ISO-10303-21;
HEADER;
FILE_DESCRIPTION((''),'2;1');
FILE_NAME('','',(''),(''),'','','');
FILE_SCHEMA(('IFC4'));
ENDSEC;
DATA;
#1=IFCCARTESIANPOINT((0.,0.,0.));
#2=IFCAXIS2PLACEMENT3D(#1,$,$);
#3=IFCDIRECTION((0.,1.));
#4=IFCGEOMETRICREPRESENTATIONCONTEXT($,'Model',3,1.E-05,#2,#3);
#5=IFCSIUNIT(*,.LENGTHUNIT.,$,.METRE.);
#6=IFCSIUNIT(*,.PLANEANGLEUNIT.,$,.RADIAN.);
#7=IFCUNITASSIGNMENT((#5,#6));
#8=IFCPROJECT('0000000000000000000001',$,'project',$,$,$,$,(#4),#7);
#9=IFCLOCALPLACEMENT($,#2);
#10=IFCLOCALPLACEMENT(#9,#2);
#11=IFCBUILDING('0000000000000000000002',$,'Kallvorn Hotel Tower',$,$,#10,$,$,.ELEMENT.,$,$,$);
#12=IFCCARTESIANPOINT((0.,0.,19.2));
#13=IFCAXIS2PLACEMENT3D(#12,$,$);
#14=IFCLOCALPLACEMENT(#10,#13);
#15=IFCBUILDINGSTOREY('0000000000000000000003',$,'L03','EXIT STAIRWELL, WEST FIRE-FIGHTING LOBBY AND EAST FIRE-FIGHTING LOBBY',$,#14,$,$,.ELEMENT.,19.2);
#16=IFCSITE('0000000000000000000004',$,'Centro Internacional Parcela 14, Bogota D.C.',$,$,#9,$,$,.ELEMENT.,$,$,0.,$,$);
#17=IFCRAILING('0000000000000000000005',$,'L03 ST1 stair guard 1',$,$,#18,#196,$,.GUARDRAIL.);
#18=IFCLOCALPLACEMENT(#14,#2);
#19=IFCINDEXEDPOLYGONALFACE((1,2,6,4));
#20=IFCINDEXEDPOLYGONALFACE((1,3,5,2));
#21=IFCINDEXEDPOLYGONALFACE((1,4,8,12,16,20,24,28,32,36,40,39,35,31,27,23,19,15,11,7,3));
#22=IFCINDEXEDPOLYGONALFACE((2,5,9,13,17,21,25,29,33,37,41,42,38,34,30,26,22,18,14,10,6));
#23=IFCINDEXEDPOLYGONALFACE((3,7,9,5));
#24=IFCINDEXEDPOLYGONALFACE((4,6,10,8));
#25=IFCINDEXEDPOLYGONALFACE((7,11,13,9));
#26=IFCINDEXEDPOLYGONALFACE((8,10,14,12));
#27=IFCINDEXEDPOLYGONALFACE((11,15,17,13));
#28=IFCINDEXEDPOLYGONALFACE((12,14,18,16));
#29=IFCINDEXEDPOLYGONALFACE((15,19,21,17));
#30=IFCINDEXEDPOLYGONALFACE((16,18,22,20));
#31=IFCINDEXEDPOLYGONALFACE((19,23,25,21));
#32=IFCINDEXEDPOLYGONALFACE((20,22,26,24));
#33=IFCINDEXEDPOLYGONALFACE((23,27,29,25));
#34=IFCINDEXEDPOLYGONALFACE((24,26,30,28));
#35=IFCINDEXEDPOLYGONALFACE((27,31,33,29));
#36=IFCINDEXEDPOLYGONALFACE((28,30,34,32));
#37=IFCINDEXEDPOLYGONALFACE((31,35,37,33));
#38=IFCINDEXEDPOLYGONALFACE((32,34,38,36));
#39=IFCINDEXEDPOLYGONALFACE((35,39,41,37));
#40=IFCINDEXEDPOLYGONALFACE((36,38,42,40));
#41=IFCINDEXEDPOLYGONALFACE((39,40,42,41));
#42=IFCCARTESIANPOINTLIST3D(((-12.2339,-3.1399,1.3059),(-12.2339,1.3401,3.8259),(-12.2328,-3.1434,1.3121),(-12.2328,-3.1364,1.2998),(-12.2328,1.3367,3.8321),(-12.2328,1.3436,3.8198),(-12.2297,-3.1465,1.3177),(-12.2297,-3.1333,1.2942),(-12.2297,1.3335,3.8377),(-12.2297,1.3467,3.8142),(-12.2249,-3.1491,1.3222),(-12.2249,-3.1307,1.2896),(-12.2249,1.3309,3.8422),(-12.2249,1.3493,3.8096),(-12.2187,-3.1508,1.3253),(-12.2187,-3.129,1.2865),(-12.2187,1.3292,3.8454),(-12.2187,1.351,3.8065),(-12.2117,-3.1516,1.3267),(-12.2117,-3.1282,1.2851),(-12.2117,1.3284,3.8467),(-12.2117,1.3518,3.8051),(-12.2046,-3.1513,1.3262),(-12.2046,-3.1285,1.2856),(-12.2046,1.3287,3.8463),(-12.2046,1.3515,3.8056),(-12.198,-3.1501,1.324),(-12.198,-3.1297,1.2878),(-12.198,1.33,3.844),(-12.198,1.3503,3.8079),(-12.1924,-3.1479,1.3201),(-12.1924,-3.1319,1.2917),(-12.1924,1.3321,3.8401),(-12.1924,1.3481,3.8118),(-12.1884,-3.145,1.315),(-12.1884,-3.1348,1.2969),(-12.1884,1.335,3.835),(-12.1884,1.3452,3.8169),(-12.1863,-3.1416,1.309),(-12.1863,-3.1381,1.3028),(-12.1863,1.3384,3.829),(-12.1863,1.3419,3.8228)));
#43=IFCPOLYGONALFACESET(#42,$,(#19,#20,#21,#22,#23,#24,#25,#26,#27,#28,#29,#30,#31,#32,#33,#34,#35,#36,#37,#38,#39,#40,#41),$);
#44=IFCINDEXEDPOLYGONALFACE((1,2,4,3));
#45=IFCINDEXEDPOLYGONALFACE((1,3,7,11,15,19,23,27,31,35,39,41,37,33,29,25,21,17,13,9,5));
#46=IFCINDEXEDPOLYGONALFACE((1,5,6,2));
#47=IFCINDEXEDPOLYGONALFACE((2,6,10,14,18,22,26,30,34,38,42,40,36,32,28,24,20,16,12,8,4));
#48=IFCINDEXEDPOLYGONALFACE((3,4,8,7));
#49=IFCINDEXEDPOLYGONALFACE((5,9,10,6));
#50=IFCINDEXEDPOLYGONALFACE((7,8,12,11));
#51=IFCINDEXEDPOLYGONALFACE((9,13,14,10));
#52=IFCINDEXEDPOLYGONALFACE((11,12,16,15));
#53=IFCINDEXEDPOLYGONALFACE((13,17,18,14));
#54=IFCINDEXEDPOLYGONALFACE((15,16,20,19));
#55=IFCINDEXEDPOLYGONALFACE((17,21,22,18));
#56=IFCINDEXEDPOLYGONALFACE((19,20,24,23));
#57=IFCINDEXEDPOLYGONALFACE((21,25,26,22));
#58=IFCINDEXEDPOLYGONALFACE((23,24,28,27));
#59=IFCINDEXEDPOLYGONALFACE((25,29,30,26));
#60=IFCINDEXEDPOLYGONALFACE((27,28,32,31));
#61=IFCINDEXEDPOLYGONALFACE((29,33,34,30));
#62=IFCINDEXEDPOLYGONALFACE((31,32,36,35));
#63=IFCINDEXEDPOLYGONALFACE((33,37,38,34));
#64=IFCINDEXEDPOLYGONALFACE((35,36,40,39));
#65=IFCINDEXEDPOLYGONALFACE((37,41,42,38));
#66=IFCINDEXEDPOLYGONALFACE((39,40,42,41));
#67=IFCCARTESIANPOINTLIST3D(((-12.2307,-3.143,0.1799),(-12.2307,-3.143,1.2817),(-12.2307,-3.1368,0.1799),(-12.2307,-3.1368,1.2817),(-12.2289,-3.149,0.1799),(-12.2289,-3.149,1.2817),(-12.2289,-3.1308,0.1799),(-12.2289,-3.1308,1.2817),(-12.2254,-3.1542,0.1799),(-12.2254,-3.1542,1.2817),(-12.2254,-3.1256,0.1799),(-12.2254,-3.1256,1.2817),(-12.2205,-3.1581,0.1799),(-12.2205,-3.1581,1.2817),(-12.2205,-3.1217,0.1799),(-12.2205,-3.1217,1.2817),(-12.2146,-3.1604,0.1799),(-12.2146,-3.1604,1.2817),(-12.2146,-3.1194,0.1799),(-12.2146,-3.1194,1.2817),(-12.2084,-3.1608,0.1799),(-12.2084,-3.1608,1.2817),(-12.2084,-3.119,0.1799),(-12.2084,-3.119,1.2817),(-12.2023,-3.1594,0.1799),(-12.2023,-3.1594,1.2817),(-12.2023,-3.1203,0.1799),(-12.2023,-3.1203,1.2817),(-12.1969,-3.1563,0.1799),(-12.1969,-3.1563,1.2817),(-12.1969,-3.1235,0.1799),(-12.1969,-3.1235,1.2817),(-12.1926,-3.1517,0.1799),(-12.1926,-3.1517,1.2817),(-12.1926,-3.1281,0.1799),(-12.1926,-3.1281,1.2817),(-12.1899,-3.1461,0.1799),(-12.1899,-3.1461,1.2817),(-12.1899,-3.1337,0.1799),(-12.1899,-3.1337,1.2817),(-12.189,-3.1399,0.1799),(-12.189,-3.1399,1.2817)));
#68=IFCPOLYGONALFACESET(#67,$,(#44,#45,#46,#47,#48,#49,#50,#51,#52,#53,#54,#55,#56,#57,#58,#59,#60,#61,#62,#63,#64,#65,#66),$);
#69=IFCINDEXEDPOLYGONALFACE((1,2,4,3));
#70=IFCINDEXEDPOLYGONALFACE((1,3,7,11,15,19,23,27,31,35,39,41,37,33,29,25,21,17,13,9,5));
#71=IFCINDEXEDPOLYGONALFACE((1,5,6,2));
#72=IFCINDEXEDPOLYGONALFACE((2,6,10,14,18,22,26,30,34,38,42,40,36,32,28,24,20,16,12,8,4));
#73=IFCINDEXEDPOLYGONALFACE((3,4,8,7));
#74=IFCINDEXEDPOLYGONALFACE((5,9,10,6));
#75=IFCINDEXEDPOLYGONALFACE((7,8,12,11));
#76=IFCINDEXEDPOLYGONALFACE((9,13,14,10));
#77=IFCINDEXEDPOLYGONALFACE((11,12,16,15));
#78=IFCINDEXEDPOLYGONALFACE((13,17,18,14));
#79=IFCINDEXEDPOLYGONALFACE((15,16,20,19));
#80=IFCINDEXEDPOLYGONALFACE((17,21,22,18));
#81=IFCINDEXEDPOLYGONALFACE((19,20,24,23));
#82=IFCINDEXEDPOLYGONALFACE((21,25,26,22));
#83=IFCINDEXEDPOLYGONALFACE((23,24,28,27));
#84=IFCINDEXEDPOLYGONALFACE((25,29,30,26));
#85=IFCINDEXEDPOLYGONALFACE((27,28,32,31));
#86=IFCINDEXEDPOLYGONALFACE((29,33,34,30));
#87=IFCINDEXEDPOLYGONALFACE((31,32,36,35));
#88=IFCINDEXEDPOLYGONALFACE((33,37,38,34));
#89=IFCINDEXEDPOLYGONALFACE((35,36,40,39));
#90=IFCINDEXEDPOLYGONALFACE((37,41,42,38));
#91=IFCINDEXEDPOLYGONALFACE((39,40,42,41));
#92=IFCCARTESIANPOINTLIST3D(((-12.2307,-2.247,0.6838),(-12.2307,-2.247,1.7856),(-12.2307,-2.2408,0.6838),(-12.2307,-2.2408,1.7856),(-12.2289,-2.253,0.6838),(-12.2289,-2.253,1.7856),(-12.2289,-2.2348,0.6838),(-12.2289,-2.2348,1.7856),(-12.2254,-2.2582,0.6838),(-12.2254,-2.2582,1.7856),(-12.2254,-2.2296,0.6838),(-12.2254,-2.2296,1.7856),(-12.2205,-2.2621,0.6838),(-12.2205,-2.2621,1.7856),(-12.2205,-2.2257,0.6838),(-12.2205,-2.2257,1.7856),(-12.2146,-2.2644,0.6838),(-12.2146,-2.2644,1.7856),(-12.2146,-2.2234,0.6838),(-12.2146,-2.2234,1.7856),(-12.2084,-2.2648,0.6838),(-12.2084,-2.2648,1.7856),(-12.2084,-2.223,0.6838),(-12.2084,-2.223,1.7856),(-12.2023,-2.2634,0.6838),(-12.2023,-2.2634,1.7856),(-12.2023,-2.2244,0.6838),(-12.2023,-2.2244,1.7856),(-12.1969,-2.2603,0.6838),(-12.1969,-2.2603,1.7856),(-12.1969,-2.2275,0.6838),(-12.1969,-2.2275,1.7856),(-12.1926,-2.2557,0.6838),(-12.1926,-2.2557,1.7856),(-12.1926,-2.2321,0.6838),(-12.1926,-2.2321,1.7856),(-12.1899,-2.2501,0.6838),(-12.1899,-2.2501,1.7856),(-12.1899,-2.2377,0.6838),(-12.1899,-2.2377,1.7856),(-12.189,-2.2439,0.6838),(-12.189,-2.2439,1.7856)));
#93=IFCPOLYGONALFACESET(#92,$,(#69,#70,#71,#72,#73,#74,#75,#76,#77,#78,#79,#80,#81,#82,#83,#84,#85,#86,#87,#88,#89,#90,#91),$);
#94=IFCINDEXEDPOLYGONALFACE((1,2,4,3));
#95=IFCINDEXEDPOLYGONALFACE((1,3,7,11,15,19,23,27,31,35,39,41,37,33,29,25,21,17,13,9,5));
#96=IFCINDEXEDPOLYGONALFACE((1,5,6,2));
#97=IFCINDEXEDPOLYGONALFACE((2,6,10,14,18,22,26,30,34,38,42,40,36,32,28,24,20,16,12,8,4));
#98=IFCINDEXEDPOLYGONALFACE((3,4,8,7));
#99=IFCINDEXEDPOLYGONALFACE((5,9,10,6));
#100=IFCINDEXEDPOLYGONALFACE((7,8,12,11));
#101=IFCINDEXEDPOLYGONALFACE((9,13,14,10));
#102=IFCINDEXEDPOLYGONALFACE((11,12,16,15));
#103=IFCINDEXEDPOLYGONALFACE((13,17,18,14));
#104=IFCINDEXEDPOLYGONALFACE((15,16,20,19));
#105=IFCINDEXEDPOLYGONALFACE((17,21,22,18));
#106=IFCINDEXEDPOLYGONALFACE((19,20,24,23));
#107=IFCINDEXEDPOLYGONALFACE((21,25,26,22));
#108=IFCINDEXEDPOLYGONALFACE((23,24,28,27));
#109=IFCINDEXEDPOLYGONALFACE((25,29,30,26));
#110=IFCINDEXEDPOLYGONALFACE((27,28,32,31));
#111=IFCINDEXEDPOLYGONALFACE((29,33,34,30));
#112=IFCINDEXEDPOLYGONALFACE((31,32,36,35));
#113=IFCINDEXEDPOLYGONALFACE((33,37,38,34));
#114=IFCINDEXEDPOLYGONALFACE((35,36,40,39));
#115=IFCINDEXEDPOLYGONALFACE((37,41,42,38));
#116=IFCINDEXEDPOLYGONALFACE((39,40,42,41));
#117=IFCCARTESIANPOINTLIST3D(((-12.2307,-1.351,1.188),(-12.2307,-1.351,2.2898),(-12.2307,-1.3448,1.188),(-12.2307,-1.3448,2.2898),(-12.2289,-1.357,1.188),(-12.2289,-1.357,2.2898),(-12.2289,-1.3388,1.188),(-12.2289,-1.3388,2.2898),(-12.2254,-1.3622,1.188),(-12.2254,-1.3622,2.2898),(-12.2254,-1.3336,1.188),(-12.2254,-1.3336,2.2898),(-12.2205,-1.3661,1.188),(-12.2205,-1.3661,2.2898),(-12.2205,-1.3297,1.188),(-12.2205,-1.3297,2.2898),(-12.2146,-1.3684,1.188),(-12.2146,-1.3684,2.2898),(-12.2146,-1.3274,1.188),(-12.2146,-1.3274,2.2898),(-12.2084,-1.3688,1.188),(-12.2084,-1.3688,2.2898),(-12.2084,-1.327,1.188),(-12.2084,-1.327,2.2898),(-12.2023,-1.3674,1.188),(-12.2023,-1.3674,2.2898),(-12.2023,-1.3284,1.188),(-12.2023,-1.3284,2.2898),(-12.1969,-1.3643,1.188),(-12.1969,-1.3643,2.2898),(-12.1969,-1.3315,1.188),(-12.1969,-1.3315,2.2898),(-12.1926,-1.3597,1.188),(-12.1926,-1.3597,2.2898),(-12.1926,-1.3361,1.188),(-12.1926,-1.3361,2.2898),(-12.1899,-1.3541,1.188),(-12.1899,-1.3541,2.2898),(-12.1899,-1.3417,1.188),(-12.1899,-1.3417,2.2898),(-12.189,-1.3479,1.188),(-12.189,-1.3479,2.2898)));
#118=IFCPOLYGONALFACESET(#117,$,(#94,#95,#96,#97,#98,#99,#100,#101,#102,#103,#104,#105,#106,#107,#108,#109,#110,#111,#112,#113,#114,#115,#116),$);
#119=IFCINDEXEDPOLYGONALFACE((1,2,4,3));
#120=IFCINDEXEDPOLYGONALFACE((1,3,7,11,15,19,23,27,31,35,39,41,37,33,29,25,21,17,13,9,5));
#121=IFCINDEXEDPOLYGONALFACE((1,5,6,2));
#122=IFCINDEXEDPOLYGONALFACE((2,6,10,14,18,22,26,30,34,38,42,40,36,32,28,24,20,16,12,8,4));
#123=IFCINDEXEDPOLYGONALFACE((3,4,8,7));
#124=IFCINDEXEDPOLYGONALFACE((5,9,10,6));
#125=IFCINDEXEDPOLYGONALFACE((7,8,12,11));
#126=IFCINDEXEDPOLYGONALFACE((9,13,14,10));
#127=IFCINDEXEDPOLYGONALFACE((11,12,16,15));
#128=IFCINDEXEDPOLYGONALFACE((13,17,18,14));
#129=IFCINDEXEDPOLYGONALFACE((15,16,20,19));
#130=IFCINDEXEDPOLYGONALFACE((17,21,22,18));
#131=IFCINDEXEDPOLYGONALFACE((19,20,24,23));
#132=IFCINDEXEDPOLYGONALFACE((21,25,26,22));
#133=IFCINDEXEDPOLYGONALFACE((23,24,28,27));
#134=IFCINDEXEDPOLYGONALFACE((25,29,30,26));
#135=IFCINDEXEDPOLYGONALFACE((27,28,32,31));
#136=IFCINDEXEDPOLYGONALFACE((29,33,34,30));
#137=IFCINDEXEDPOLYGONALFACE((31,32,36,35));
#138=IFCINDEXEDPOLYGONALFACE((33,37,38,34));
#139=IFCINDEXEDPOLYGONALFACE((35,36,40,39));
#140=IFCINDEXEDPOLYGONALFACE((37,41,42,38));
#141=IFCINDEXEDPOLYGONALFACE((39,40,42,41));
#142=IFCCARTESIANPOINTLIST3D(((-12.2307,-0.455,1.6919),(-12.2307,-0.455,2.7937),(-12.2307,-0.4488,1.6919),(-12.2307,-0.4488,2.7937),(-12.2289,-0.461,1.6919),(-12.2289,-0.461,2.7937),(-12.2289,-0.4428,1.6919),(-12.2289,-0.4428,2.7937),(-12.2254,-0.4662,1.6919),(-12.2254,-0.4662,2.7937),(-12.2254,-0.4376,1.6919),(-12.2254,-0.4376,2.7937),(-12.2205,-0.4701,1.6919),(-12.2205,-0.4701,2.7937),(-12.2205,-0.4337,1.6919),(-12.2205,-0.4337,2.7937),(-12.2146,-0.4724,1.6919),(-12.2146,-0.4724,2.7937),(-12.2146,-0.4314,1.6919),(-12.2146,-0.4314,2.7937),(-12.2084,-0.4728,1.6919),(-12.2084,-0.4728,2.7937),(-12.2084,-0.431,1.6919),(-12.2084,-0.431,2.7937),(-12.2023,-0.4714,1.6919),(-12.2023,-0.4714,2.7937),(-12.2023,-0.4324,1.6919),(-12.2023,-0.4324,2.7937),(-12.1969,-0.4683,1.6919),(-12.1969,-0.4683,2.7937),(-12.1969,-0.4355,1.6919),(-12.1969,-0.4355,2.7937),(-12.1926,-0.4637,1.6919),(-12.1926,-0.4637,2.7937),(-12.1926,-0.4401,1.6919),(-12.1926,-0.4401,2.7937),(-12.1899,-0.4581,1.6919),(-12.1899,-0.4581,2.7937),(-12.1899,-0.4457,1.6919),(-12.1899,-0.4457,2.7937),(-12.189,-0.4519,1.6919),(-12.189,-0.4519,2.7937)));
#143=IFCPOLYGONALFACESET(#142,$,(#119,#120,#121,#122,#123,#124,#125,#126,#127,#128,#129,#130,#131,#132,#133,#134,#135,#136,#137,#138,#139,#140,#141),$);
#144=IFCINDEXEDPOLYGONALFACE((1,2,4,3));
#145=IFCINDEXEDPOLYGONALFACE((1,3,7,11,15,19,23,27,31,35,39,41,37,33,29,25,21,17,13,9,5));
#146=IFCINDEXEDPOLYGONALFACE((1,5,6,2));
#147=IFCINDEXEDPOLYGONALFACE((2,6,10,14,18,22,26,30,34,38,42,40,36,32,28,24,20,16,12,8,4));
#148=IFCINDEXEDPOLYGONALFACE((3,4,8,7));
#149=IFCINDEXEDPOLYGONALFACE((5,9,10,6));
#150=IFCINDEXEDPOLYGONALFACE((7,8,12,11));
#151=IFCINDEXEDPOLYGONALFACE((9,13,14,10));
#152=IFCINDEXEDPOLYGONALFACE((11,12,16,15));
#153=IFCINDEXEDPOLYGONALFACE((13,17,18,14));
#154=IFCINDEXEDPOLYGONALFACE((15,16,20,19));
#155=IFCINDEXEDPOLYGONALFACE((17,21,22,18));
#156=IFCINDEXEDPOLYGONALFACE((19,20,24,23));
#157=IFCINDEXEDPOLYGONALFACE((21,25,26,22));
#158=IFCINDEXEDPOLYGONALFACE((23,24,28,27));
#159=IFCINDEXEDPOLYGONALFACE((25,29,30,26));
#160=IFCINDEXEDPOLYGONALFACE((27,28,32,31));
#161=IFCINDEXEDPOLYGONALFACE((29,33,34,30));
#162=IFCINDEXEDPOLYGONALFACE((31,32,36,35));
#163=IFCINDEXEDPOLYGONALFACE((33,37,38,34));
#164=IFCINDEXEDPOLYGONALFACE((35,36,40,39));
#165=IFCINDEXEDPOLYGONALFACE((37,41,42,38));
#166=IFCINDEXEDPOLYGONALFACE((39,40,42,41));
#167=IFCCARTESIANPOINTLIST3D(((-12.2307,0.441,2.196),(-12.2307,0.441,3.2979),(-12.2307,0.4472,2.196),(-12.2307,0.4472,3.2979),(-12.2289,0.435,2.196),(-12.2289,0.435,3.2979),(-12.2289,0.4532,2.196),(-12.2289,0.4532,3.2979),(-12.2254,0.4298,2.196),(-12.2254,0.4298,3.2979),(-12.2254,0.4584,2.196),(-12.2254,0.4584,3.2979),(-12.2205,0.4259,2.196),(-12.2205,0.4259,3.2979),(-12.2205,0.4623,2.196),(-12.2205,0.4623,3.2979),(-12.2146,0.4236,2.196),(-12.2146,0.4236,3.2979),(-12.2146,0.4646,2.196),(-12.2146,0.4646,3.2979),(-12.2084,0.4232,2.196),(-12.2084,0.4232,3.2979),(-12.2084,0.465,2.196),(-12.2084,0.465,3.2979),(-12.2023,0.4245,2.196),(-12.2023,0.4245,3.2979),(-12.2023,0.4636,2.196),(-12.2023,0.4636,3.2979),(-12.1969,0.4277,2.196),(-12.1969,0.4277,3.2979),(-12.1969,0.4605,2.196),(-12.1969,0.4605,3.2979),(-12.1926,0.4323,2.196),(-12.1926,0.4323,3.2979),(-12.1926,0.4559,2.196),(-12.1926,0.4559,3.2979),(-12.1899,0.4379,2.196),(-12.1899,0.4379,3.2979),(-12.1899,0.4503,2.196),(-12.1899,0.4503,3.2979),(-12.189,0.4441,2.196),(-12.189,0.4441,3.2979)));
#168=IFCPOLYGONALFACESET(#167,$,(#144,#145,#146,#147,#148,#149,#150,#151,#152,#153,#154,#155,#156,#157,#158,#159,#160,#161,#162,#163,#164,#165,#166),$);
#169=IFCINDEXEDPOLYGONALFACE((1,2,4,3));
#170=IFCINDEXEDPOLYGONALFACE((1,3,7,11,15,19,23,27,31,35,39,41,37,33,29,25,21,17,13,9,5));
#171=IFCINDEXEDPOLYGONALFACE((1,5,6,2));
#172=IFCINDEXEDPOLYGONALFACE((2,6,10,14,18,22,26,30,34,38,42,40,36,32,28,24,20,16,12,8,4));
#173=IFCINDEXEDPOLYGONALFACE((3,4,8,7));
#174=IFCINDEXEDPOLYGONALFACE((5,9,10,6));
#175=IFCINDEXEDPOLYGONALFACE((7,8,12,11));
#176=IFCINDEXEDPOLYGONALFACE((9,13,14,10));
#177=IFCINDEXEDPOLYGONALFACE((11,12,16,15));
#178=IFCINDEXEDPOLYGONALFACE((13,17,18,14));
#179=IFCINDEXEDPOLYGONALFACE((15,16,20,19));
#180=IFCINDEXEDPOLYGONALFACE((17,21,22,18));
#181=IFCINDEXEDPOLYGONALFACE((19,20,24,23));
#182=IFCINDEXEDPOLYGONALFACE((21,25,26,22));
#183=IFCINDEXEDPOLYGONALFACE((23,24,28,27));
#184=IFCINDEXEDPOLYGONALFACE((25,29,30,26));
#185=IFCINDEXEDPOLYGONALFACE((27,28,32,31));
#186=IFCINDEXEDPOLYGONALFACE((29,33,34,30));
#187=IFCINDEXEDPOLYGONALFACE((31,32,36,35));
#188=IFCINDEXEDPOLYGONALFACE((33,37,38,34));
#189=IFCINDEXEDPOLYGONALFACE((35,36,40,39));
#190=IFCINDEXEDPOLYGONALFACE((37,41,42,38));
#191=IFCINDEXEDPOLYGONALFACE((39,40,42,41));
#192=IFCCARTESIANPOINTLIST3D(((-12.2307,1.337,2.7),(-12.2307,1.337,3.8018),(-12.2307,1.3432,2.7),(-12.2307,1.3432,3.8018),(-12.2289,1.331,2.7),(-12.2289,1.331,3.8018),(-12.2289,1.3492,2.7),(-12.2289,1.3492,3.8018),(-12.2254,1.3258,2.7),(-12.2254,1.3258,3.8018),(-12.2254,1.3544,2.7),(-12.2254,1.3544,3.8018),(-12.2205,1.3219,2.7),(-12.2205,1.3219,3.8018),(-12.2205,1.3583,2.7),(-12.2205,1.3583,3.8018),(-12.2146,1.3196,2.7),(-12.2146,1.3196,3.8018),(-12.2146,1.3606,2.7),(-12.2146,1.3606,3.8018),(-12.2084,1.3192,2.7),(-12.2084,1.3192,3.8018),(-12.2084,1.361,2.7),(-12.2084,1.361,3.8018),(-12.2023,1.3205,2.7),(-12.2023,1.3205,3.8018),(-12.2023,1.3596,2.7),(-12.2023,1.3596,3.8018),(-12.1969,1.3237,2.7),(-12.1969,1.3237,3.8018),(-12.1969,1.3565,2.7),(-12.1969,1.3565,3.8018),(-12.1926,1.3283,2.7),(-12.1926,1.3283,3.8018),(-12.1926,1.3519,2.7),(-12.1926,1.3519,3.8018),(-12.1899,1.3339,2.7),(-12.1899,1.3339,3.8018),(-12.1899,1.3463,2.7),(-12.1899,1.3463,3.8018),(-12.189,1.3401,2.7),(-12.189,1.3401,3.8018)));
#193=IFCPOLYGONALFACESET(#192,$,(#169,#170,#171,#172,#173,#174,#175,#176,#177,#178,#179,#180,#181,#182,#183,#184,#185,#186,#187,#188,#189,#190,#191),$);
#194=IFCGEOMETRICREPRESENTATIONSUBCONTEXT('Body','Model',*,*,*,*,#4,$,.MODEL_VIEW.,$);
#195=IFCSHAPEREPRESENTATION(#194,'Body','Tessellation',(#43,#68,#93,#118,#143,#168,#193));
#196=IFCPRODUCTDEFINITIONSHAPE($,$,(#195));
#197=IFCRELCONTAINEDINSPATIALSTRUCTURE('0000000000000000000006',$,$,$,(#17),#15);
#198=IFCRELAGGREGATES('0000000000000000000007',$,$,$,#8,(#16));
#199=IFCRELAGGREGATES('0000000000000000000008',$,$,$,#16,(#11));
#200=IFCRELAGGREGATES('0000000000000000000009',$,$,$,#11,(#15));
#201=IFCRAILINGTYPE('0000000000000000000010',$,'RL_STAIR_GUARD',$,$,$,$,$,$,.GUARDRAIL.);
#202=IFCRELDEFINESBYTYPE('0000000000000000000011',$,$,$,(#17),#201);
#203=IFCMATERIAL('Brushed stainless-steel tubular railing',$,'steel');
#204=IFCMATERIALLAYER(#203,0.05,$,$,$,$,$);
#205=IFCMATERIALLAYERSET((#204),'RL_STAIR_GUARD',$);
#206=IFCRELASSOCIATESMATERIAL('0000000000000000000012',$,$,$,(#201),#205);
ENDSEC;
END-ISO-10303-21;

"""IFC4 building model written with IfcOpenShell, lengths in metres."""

from ifc_helpers import new_model, si_unit, direction, frame, origin, origin_2d, place, context, subcontext, project, spatial, circle, extrude, material, layer, layer_set, type_object, element, save


model = new_model("IFC4")

# Units and contexts
model_context = context("Model", 3, precision=1e-05, world=origin(), true_north=direction((0.0, 1.0)))
body_context = subcontext(model_context, "Body", "Model", "MODEL_VIEW")
ifc_project = project(units=[si_unit("LENGTHUNIT", "METRE"), si_unit("PLANEANGLEUNIT", "RADIAN")], contexts=[model_context])

# Site, building, storey
site_placement = place(None, origin())
site = spatial("IfcSite", under=ifc_project, at=site_placement, Name="Centro Internacional Parcela 14, Bogota D.C.", CompositionType="ELEMENT", RefElevation=0.0)
building_placement = place(site_placement, origin())
building = spatial("IfcBuilding", under=site, at=building_placement, Name="Kallvorn Hotel Tower", CompositionType="ELEMENT")
storey_placement = place(building_placement, frame((0.0, 0.0, 19.2)))
storey = spatial("IfcBuildingStorey", under=building, at=storey_placement, Name="L03", Description="EXIT STAIRWELL, WEST FIRE-FIGHTING LOBBY AND EAST FIRE-FIGHTING LOBBY", CompositionType="ELEMENT", Elevation=19.2)

# Railing
ifc_material_1 = material(Name="Brushed stainless-steel tubular railing", Category="steel")
ifc_layer_1 = layer(ifc_material_1, 0.05)
ifc_layer_set_1 = layer_set([ifc_layer_1], Name="RL_STAIR_GUARD")
railing_type_1 = type_object("IfcRailingType", Name="RL_STAIR_GUARD", PredefinedType="GUARDRAIL", material=ifc_layer_set_1)
railing_1_placement = place(storey_placement, frame((-12.21, -3.1399, 0.1799)))
element("IfcRailing", 1, at=railing_1_placement, inside=storey, type_object=railing_type_1, Name="L03 ST1 stair guard 1", PredefinedType="GUARDRAIL", context=body_context, shape_type="SweptSolid", body=[
    extrude(circle(Radius=0.0239, at=origin_2d()), frame((0.0, 0.0, 1.126), z_axis=(0.0, 0.871573, 0.490266), x_axis=(-1.0, 0.0, 0.0)), (0.0, 0.0, 1.0), 5.1401),
    extrude(circle(Radius=0.021, at=origin_2d()), origin(), (0.0, 0.0, 1.0), 1.1018),
    extrude(circle(Radius=0.021, at=origin_2d()), frame((0.0, 0.896, 0.5039)), (0.0, 0.0, 1.0), 1.1018),
    extrude(circle(Radius=0.021, at=origin_2d()), frame((0.0, 1.792, 1.0081)), (0.0, 0.0, 1.0), 1.1018),
    extrude(circle(Radius=0.021, at=origin_2d()), frame((0.0, 2.688, 1.512)), (0.0, 0.0, 1.0), 1.1018),
    extrude(circle(Radius=0.021, at=origin_2d()), frame((0.0, 3.584, 2.0161)), (0.0, 0.0, 1.0), 1.1018),
    extrude(circle(Radius=0.021, at=origin_2d()), frame((0.0, 4.48, 2.52)), (0.0, 0.0, 1.0), 1.1018),
])

save(model, "model.ifc")
